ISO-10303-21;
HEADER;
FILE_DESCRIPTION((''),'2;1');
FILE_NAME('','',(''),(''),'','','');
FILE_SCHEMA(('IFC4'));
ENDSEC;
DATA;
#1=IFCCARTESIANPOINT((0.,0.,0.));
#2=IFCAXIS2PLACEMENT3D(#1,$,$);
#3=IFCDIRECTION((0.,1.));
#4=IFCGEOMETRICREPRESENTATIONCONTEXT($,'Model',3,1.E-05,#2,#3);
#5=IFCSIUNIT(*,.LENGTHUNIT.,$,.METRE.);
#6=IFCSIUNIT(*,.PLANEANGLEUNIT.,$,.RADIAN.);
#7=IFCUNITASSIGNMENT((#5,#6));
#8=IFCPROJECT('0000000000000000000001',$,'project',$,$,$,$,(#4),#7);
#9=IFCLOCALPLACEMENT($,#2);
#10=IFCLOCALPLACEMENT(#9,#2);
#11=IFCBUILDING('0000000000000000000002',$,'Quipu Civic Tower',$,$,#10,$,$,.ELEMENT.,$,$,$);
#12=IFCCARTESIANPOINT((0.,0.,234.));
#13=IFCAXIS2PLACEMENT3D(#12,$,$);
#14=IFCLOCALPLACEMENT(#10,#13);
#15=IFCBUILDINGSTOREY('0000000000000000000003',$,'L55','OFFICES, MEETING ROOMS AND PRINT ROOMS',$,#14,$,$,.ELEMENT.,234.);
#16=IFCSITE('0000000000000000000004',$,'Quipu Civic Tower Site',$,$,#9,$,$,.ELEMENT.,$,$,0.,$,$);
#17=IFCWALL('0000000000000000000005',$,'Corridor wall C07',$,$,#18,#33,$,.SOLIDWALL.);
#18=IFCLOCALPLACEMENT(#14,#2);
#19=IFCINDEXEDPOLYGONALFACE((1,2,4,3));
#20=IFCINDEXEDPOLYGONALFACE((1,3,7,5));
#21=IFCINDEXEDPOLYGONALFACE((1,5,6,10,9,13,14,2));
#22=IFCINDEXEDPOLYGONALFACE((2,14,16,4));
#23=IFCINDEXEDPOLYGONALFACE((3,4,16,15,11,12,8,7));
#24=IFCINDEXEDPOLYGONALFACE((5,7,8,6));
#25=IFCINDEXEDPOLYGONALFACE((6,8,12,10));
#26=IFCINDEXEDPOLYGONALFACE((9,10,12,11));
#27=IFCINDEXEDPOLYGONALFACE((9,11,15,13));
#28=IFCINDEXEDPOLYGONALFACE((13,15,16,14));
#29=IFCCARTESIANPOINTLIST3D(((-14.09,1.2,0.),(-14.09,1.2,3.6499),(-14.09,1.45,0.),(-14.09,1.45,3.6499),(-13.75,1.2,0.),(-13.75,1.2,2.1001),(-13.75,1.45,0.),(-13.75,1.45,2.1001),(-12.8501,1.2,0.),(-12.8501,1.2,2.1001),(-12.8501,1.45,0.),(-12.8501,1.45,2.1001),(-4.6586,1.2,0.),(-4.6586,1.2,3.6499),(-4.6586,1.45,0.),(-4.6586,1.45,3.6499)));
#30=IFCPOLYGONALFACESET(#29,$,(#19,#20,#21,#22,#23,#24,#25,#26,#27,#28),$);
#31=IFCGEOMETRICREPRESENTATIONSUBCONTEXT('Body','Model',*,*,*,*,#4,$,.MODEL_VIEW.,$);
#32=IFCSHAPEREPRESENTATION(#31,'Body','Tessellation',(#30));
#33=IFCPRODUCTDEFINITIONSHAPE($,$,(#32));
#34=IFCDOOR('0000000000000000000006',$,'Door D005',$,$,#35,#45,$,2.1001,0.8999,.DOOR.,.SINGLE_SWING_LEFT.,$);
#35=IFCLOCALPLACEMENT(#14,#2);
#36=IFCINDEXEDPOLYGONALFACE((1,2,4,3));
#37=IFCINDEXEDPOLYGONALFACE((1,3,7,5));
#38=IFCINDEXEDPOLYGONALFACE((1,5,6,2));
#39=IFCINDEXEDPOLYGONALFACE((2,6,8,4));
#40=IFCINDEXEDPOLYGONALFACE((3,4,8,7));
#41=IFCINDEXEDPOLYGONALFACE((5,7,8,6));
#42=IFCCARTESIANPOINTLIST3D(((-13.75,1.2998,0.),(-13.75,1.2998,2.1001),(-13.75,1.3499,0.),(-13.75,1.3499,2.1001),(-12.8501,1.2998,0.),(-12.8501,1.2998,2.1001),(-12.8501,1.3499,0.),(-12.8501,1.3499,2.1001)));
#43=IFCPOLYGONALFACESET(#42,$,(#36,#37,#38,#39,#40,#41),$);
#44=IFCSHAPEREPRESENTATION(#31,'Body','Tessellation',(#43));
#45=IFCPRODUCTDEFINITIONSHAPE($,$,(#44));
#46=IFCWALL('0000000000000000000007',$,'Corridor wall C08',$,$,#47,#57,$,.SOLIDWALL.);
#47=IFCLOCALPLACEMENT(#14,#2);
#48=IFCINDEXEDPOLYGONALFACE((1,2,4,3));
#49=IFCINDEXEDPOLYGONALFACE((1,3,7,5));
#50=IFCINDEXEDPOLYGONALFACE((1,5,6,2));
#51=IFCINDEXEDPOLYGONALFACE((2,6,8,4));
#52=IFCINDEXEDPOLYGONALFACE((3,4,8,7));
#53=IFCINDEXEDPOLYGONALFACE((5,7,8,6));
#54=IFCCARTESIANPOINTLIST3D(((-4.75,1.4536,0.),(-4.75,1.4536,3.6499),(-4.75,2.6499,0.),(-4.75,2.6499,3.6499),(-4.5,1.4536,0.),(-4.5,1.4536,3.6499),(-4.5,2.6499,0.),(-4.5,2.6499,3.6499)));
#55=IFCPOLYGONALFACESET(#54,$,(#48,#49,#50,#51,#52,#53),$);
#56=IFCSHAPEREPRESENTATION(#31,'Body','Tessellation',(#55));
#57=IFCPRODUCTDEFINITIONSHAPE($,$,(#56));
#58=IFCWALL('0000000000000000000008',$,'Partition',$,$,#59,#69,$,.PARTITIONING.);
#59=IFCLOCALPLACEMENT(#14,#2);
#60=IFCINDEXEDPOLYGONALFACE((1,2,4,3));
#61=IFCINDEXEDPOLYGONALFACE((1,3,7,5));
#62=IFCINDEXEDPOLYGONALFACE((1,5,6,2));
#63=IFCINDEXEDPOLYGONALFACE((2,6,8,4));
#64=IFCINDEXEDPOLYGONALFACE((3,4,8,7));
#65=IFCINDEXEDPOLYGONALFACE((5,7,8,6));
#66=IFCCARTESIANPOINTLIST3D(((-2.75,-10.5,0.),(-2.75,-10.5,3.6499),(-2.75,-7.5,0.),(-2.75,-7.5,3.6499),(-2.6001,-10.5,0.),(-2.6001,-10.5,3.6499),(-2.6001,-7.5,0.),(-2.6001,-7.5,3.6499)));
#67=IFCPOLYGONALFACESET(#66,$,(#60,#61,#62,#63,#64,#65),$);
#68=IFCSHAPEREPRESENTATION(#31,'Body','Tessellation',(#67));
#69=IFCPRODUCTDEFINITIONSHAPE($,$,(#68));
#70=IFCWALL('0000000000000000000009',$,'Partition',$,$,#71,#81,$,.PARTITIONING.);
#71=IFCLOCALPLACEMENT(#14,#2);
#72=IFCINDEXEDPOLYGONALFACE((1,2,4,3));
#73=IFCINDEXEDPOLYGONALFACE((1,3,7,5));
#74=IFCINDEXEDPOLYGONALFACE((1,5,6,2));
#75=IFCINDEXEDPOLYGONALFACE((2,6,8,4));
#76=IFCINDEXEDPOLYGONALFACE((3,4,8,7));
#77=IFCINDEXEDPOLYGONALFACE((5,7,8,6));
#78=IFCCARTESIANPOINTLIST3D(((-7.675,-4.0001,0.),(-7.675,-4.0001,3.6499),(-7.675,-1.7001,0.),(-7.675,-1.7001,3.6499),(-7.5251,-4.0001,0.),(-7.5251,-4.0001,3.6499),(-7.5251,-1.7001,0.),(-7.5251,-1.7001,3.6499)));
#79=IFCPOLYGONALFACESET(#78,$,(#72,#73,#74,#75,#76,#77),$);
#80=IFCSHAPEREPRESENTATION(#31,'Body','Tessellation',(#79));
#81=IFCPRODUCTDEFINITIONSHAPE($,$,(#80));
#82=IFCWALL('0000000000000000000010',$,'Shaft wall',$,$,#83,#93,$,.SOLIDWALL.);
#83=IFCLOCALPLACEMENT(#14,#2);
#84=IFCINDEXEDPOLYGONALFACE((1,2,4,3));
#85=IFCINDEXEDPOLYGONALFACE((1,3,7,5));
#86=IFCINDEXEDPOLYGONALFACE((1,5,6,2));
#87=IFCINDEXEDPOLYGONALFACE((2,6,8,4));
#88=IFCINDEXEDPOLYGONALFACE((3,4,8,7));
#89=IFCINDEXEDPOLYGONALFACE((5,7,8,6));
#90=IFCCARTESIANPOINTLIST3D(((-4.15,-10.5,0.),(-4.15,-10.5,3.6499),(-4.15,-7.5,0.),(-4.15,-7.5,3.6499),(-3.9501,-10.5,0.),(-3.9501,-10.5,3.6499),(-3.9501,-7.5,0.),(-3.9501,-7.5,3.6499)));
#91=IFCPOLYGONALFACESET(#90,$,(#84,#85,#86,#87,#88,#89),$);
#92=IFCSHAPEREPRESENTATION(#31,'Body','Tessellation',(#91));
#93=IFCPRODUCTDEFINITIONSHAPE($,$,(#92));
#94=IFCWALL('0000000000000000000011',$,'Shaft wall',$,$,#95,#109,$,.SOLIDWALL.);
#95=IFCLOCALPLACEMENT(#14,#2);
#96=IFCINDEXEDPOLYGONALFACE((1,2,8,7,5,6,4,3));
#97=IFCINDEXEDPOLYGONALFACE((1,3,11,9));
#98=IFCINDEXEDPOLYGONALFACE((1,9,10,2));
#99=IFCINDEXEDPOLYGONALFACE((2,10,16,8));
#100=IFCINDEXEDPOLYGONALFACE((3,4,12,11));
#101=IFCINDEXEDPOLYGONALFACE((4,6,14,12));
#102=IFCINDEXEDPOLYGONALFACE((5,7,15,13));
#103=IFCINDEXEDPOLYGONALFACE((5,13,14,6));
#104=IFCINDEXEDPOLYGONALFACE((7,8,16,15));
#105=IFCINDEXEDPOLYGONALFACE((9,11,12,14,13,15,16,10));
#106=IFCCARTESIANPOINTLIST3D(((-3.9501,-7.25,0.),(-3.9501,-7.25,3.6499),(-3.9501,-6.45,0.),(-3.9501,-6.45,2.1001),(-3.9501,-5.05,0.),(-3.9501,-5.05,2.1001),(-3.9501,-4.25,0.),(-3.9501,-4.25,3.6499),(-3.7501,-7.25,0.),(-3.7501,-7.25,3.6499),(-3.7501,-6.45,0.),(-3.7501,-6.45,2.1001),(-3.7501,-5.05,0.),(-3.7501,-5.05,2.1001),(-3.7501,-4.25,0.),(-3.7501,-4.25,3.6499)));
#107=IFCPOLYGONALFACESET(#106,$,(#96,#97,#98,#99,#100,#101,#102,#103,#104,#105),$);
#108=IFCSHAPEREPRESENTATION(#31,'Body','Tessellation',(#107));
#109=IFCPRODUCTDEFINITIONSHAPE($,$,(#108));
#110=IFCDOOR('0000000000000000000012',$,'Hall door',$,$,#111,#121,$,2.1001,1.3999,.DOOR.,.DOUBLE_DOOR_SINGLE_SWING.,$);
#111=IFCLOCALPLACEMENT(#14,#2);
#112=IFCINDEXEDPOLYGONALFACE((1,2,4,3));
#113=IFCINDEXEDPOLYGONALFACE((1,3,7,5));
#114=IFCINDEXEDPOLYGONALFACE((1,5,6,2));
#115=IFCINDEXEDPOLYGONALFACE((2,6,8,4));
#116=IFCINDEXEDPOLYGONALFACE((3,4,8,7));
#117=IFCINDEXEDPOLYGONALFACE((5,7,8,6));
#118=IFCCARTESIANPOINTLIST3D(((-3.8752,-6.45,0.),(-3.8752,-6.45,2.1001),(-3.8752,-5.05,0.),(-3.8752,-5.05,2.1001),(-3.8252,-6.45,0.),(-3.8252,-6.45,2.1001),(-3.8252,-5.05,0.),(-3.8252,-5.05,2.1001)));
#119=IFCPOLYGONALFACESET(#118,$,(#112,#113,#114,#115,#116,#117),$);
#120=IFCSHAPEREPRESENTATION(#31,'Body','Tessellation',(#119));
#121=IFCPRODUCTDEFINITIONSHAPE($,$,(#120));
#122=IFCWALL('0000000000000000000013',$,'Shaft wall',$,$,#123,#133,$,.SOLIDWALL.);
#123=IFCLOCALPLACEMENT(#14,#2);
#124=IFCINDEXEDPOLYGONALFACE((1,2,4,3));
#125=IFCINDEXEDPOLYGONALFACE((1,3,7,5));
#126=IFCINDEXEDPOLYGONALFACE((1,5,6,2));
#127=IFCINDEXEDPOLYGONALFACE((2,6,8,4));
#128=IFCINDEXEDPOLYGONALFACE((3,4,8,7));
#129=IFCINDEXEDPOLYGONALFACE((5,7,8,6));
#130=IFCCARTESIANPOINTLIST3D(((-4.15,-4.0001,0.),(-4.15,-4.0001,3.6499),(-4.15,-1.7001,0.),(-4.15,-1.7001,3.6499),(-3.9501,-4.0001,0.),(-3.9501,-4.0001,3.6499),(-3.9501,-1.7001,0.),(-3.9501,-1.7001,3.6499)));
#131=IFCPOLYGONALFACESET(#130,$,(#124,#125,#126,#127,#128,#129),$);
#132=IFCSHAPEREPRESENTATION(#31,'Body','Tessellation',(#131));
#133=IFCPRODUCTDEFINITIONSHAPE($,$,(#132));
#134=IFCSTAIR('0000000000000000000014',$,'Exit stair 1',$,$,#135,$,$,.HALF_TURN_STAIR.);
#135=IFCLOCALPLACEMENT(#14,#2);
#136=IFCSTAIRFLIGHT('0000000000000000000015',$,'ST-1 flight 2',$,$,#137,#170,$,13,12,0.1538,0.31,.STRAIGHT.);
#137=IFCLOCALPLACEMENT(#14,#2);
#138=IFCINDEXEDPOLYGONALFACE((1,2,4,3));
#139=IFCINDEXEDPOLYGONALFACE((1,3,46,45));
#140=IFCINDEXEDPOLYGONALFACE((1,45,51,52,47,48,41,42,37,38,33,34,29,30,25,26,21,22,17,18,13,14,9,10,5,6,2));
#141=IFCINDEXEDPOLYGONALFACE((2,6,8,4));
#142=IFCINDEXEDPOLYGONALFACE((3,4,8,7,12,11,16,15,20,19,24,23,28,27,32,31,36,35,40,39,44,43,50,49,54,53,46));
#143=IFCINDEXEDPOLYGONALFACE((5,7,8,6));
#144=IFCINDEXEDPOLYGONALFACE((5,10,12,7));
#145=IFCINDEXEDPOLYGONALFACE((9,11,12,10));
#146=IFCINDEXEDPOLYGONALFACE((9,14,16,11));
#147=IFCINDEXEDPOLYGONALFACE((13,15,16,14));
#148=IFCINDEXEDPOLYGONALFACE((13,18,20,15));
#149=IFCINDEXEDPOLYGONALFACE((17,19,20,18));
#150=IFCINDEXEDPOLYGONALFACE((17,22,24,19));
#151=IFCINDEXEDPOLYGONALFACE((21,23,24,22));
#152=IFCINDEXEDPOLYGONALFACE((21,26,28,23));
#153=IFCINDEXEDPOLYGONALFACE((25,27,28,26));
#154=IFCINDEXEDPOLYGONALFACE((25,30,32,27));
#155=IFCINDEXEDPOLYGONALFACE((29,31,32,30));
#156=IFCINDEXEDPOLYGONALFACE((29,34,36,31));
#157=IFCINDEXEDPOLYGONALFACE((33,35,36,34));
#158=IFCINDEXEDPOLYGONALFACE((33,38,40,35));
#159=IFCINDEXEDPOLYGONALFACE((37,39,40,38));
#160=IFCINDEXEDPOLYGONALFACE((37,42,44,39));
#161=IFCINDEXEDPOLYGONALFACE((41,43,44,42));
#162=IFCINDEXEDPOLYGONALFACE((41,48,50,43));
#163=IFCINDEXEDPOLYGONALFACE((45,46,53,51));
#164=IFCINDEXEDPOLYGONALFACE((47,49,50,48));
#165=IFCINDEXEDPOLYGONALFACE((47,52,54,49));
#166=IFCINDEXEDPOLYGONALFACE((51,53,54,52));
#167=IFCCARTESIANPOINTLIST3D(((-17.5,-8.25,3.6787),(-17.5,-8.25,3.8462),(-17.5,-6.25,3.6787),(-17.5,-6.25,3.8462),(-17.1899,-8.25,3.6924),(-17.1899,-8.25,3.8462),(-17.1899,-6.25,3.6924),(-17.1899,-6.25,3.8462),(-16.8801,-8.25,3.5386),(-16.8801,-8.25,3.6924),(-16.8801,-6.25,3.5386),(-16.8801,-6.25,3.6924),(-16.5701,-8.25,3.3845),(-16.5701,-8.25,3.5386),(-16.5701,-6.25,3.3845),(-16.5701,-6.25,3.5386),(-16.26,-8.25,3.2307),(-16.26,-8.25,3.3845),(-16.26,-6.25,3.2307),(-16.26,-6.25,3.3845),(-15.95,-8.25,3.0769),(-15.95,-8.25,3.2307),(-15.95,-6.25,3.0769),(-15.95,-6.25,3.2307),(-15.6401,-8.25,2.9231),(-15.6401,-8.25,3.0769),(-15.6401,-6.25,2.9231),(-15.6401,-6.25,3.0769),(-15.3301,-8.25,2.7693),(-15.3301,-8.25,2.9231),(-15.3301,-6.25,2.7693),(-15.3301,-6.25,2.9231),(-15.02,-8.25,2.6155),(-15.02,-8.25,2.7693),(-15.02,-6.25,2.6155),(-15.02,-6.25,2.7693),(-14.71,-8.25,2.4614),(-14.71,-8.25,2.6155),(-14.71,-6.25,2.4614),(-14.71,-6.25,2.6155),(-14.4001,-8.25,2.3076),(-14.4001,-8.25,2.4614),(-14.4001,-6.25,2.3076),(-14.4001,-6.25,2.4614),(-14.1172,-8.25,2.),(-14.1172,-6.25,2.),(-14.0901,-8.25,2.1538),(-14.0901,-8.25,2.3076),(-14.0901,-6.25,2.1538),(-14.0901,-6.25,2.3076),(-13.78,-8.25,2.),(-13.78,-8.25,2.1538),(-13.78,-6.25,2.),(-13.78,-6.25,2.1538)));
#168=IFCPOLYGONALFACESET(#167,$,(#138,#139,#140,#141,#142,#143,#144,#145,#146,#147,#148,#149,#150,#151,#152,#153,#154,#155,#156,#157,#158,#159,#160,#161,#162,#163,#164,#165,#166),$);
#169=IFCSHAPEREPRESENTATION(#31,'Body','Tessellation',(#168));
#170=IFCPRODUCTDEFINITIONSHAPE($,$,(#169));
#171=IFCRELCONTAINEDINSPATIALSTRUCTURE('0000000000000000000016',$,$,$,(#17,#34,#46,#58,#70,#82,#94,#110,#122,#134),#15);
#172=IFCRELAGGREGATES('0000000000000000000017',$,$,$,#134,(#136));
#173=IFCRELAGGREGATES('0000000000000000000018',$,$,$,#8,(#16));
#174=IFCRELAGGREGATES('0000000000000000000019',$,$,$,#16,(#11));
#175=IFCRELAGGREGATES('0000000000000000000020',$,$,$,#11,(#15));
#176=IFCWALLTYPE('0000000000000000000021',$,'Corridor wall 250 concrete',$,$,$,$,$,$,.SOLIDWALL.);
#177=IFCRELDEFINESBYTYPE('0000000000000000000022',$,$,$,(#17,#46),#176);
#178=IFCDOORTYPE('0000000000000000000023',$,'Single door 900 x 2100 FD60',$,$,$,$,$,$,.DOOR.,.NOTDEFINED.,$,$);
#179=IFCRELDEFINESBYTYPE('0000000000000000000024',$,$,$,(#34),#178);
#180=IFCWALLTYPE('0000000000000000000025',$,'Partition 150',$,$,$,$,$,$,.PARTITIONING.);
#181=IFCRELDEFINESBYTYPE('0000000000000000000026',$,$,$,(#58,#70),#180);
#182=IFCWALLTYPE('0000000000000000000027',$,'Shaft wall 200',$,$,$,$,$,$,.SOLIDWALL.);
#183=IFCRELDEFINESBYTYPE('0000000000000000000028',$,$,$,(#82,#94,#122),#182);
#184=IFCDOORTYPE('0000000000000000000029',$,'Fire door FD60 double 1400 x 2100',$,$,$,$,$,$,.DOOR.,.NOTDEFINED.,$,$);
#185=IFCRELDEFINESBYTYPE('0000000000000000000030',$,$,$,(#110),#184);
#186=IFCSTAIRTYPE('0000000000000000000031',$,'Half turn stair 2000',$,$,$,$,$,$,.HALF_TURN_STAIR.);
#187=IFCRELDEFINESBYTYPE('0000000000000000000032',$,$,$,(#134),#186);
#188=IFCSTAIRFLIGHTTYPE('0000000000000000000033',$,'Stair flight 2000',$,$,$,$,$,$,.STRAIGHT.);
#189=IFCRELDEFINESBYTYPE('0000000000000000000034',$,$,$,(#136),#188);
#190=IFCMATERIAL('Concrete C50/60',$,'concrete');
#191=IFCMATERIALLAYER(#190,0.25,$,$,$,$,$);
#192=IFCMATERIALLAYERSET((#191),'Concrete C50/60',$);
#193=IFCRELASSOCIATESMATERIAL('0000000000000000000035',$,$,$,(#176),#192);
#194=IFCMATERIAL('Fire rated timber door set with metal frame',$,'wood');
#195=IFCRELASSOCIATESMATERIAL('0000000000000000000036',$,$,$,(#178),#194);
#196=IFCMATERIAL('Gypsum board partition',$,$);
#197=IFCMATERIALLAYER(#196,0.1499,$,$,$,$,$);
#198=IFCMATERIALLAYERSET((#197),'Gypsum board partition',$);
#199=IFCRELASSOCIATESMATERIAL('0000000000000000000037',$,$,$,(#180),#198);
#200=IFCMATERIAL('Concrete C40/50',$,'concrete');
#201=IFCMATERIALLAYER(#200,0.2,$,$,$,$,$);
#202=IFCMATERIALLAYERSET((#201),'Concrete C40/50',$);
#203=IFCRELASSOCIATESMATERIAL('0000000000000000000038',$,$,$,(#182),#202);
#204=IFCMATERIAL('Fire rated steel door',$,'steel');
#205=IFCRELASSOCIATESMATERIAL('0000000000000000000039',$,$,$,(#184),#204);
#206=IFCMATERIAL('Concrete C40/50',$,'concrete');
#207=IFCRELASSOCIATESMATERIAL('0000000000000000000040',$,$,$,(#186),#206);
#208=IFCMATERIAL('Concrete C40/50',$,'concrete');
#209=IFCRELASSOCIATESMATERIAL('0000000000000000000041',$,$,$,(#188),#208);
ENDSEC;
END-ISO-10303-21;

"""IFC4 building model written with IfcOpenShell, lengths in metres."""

from ifc_helpers import new_model, si_unit, direction, frame, frame_2d, origin, place, context, subcontext, project, spatial, polyline, rectangle, outline, extrude, material, layer, layer_set, type_object, element, fill, aggregate, save


model = new_model("IFC4")

# Units and contexts
model_context = context("Model", 3, precision=1e-05, world=origin(), true_north=direction((0.0, 1.0)))
body_context = subcontext(model_context, "Body", "Model", "MODEL_VIEW")
ifc_project = project(units=[si_unit("LENGTHUNIT", "METRE"), si_unit("PLANEANGLEUNIT", "RADIAN")], contexts=[model_context])

# Site, building, storey
site_placement = place(None, origin())
site = spatial("IfcSite", under=ifc_project, at=site_placement, Name="Quipu Civic Tower Site", CompositionType="ELEMENT", RefElevation=0.0)
building_placement = place(site_placement, origin())
building = spatial("IfcBuilding", under=site, at=building_placement, Name="Quipu Civic Tower", CompositionType="ELEMENT")
storey_placement = place(building_placement, frame((0.0, 0.0, 234.0)))
storey = spatial("IfcBuildingStorey", under=building, at=storey_placement, Name="L55", Description="OFFICES, MEETING ROOMS AND PRINT ROOMS", CompositionType="ELEMENT", Elevation=234.0)

# Wall, opening, door
ifc_material_1 = material(Name="Concrete C50/60", Category="concrete")
ifc_layer_1 = layer(ifc_material_1, 0.25)
ifc_layer_set_1 = layer_set([ifc_layer_1], Name="Concrete C50/60")
wall_type_1 = type_object("IfcWallType", Name="Corridor wall 250 concrete", PredefinedType="SOLIDWALL", material=ifc_layer_set_1)
wall_1_placement = place(storey_placement, frame((-14.0901, 1.325, 0.0), z_axis=(0.0, 0.0, 1.0), x_axis=(1.0, 0.0, 0.0)))
wall_1 = element("IfcWall", 1, at=wall_1_placement, inside=storey, type_object=wall_type_1, Name="Corridor wall C07", PredefinedType="SOLIDWALL", context=body_context, shape_type="SweptSolid", body=[
    extrude(rectangle(XDim=9.4314, YDim=0.25, at=frame_2d((4.7158, 0.0))), origin(), (0.0, 0.0, 1.0), 3.6499),
])
opening_1_placement = place(wall_1_placement, frame((0.3401, 0.0, 0.0)))
opening_1 = element("IfcOpeningElement", 2, at=opening_1_placement, cuts=wall_1, PredefinedType="OPENING", context=body_context, shape_type="SweptSolid", body=[
    extrude(rectangle(XDim=0.8999, YDim=2.1001, at=frame_2d((0.45, 1.05))), frame((0.0, 0.135, 0.0), z_axis=(0.0, -1.0, 0.0), x_axis=(1.0, 0.0, 0.0)), (0.0, 0.0, 1.0), 0.27),
])
ifc_material_2 = material(Name="Fire rated timber door set with metal frame", Category="wood")
door_type_1 = type_object("IfcDoorType", Name="Single door 900 x 2100 FD60", OperationType="NOTDEFINED", PredefinedType="DOOR", material=ifc_material_2)
door_1_placement = place(opening_1_placement, origin())
door_1 = element("IfcDoor", 3, at=door_1_placement, inside=storey, type_object=door_type_1, Name="Door D005", OperationType="SINGLE_SWING_LEFT", OverallHeight=2.1001, OverallWidth=0.8999, PredefinedType="DOOR", context=body_context, shape_type="SweptSolid", body=[
    extrude(rectangle(XDim=0.8999, YDim=2.1001, at=frame_2d((0.45, 1.05))), frame((0.0, 0.0249, 0.0), z_axis=(0.0, -1.0, 0.0), x_axis=(1.0, 0.0, 0.0)), (0.0, 0.0, 1.0), 0.05),
])
fill(opening_1, door_1)

# Walls
wall_2_placement = place(storey_placement, frame((-4.625, 1.4536, 0.0), z_axis=(0.0, 0.0, 1.0), x_axis=(0.0, 1.0, 0.0)))
element("IfcWall", 4, at=wall_2_placement, inside=storey, type_object=wall_type_1, Name="Corridor wall C08", PredefinedType="SOLIDWALL", context=body_context, shape_type="SweptSolid", body=[
    extrude(rectangle(XDim=1.1963, YDim=0.25, at=frame_2d((0.5981, 0.0))), origin(), (0.0, 0.0, 1.0), 3.6499),
])
ifc_material_3 = material(Name="Gypsum board partition")
ifc_layer_2 = layer(ifc_material_3, 0.1499)
ifc_layer_set_2 = layer_set([ifc_layer_2], Name="Gypsum board partition")
wall_type_2 = type_object("IfcWallType", Name="Partition 150", PredefinedType="PARTITIONING", material=ifc_layer_set_2)
wall_3_placement = place(storey_placement, frame((-2.675, -10.5, 0.0), z_axis=(0.0, 0.0, 1.0), x_axis=(0.0, 1.0, 0.0)))
element("IfcWall", 5, at=wall_3_placement, inside=storey, type_object=wall_type_2, Name="Partition", PredefinedType="PARTITIONING", context=body_context, shape_type="SweptSolid", body=[
    extrude(rectangle(XDim=3.0, YDim=0.1499, at=frame_2d((1.5, 0.0))), origin(), (0.0, 0.0, 1.0), 3.6499),
])
wall_4_placement = place(storey_placement, frame((-7.6001, -4.0, 0.0), z_axis=(0.0, 0.0, 1.0), x_axis=(0.0, 1.0, 0.0)))
element("IfcWall", 6, at=wall_4_placement, inside=storey, type_object=wall_type_2, Name="Partition", PredefinedType="PARTITIONING", context=body_context, shape_type="SweptSolid", body=[
    extrude(rectangle(XDim=2.3, YDim=0.1499, at=frame_2d((1.1499, 0.0))), origin(), (0.0, 0.0, 1.0), 3.6499),
])
ifc_material_4 = material(Name="Concrete C40/50", Category="concrete")
ifc_layer_3 = layer(ifc_material_4, 0.2)
ifc_layer_set_3 = layer_set([ifc_layer_3], Name="Concrete C40/50")
wall_type_3 = type_object("IfcWallType", Name="Shaft wall 200", PredefinedType="SOLIDWALL", material=ifc_layer_set_3)
wall_5_placement = place(storey_placement, frame((-4.05, -10.5, 0.0), z_axis=(0.0, 0.0, 1.0), x_axis=(0.0, 1.0, 0.0)))
element("IfcWall", 7, at=wall_5_placement, inside=storey, type_object=wall_type_3, Name="Shaft wall", PredefinedType="SOLIDWALL", context=body_context, shape_type="SweptSolid", body=[
    extrude(rectangle(XDim=3.0, YDim=0.2, at=frame_2d((1.5, 0.0))), origin(), (0.0, 0.0, 1.0), 3.6499),
])

# Wall, opening, door
wall_6_placement = place(storey_placement, frame((-3.8501, -4.25, 0.0), z_axis=(0.0, 0.0, 1.0), x_axis=(0.0, -1.0, 0.0)))
wall_6 = element("IfcWall", 8, at=wall_6_placement, inside=storey, type_object=wall_type_3, Name="Shaft wall", PredefinedType="SOLIDWALL", context=body_context, shape_type="SweptSolid", body=[
    extrude(rectangle(XDim=3.0, YDim=0.2, at=frame_2d((1.5, 0.0))), origin(), (0.0, 0.0, 1.0), 3.6499),
])
opening_2_placement = place(wall_6_placement, frame((0.8, 0.0, 0.0)))
opening_2 = element("IfcOpeningElement", 9, at=opening_2_placement, cuts=wall_6, PredefinedType="OPENING", context=body_context, shape_type="SweptSolid", body=[
    extrude(rectangle(XDim=1.3999, YDim=2.1001, at=frame_2d((0.7, 1.05))), frame((0.0, 0.1099, 0.0), z_axis=(0.0, -1.0, 0.0), x_axis=(1.0, 0.0, 0.0)), (0.0, 0.0, 1.0), 0.22),
])
ifc_material_5 = material(Name="Fire rated steel door", Category="steel")
door_type_2 = type_object("IfcDoorType", Name="Fire door FD60 double 1400 x 2100", OperationType="NOTDEFINED", PredefinedType="DOOR", material=ifc_material_5)
door_2_placement = place(opening_2_placement, origin())
door_2 = element("IfcDoor", 10, at=door_2_placement, inside=storey, type_object=door_type_2, Name="Hall door", OperationType="DOUBLE_DOOR_SINGLE_SWING", OverallHeight=2.1001, OverallWidth=1.3999, PredefinedType="DOOR", context=body_context, shape_type="SweptSolid", body=[
    extrude(rectangle(XDim=1.3999, YDim=2.1001, at=frame_2d((0.7, 1.05))), frame((0.0, 0.0249, 0.0), z_axis=(0.0, -1.0, 0.0), x_axis=(1.0, 0.0, 0.0)), (0.0, 0.0, 1.0), 0.05),
])
fill(opening_2, door_2)

# Wall
wall_7_placement = place(storey_placement, frame((-4.05, -4.0, 0.0), z_axis=(0.0, 0.0, 1.0), x_axis=(0.0, 1.0, 0.0)))
element("IfcWall", 11, at=wall_7_placement, inside=storey, type_object=wall_type_3, Name="Shaft wall", PredefinedType="SOLIDWALL", context=body_context, shape_type="SweptSolid", body=[
    extrude(rectangle(XDim=2.3, YDim=0.2, at=frame_2d((1.1499, 0.0))), origin(), (0.0, 0.0, 1.0), 3.6499),
])

# Stair, stair flight
ifc_material_6 = material(Name="Concrete C40/50", Category="concrete")
stair_type = type_object("IfcStairType", Name="Half turn stair 2000", PredefinedType="HALF_TURN_STAIR", material=ifc_material_6)
stair_placement = place(storey_placement, origin())
stair = element("IfcStair", 12, at=stair_placement, inside=storey, type_object=stair_type, Name="Exit stair 1", PredefinedType="HALF_TURN_STAIR")
ifc_material_7 = material(Name="Concrete C40/50", Category="concrete")
stair_flight_type = type_object("IfcStairFlightType", Name="Stair flight 2000", PredefinedType="STRAIGHT", material=ifc_material_7)
stair_flight_placement = place(storey_placement, frame((-13.78, -7.25, 2.0), z_axis=(0.0, 0.0, 1.0), x_axis=(-1.0, 0.0, 0.0)))
stair_flight = element("IfcStairFlight", 13, at=stair_flight_placement, type_object=stair_flight_type, Name="ST-1 flight 2", NumberOfRisers=13, NumberOfTreads=12, PredefinedType="STRAIGHT", RiserHeight=0.1538, TreadLength=0.31, context=body_context, shape_type="SweptSolid", body=[
    extrude(outline(polyline([(0.0, 0.0), (0.0, 0.1538), (0.3101, 0.1538), (0.3101, 0.3076), (0.6201, 0.3076), (0.6201, 0.4614), (0.9299, 0.4614), (0.9299, 0.6155), (1.24, 0.6155), (1.24, 0.7693), (1.55, 0.7693), (1.55, 0.9231), (1.8601, 0.9231), (1.8601, 1.0769), (2.1699, 1.0769), (2.1699, 1.2307), (2.48, 1.2307), (2.48, 1.3845), (2.79, 1.3845), (2.79, 1.5386), (3.1001, 1.5386), (3.1001, 1.6924), (3.4099, 1.6924), (3.4099, 1.8462), (3.72, 1.8462), (3.72, 2.0), (3.72, 1.6787), (0.3372, 0.0), (0.0, 0.0)])), frame((0.0, 1.0, 0.0), z_axis=(0.0, -1.0, 0.0), x_axis=(1.0, 0.0, 0.0)), (0.0, 0.0, 1.0), 2.0),
])
aggregate(stair, [stair_flight])

save(model, "model.ifc")
